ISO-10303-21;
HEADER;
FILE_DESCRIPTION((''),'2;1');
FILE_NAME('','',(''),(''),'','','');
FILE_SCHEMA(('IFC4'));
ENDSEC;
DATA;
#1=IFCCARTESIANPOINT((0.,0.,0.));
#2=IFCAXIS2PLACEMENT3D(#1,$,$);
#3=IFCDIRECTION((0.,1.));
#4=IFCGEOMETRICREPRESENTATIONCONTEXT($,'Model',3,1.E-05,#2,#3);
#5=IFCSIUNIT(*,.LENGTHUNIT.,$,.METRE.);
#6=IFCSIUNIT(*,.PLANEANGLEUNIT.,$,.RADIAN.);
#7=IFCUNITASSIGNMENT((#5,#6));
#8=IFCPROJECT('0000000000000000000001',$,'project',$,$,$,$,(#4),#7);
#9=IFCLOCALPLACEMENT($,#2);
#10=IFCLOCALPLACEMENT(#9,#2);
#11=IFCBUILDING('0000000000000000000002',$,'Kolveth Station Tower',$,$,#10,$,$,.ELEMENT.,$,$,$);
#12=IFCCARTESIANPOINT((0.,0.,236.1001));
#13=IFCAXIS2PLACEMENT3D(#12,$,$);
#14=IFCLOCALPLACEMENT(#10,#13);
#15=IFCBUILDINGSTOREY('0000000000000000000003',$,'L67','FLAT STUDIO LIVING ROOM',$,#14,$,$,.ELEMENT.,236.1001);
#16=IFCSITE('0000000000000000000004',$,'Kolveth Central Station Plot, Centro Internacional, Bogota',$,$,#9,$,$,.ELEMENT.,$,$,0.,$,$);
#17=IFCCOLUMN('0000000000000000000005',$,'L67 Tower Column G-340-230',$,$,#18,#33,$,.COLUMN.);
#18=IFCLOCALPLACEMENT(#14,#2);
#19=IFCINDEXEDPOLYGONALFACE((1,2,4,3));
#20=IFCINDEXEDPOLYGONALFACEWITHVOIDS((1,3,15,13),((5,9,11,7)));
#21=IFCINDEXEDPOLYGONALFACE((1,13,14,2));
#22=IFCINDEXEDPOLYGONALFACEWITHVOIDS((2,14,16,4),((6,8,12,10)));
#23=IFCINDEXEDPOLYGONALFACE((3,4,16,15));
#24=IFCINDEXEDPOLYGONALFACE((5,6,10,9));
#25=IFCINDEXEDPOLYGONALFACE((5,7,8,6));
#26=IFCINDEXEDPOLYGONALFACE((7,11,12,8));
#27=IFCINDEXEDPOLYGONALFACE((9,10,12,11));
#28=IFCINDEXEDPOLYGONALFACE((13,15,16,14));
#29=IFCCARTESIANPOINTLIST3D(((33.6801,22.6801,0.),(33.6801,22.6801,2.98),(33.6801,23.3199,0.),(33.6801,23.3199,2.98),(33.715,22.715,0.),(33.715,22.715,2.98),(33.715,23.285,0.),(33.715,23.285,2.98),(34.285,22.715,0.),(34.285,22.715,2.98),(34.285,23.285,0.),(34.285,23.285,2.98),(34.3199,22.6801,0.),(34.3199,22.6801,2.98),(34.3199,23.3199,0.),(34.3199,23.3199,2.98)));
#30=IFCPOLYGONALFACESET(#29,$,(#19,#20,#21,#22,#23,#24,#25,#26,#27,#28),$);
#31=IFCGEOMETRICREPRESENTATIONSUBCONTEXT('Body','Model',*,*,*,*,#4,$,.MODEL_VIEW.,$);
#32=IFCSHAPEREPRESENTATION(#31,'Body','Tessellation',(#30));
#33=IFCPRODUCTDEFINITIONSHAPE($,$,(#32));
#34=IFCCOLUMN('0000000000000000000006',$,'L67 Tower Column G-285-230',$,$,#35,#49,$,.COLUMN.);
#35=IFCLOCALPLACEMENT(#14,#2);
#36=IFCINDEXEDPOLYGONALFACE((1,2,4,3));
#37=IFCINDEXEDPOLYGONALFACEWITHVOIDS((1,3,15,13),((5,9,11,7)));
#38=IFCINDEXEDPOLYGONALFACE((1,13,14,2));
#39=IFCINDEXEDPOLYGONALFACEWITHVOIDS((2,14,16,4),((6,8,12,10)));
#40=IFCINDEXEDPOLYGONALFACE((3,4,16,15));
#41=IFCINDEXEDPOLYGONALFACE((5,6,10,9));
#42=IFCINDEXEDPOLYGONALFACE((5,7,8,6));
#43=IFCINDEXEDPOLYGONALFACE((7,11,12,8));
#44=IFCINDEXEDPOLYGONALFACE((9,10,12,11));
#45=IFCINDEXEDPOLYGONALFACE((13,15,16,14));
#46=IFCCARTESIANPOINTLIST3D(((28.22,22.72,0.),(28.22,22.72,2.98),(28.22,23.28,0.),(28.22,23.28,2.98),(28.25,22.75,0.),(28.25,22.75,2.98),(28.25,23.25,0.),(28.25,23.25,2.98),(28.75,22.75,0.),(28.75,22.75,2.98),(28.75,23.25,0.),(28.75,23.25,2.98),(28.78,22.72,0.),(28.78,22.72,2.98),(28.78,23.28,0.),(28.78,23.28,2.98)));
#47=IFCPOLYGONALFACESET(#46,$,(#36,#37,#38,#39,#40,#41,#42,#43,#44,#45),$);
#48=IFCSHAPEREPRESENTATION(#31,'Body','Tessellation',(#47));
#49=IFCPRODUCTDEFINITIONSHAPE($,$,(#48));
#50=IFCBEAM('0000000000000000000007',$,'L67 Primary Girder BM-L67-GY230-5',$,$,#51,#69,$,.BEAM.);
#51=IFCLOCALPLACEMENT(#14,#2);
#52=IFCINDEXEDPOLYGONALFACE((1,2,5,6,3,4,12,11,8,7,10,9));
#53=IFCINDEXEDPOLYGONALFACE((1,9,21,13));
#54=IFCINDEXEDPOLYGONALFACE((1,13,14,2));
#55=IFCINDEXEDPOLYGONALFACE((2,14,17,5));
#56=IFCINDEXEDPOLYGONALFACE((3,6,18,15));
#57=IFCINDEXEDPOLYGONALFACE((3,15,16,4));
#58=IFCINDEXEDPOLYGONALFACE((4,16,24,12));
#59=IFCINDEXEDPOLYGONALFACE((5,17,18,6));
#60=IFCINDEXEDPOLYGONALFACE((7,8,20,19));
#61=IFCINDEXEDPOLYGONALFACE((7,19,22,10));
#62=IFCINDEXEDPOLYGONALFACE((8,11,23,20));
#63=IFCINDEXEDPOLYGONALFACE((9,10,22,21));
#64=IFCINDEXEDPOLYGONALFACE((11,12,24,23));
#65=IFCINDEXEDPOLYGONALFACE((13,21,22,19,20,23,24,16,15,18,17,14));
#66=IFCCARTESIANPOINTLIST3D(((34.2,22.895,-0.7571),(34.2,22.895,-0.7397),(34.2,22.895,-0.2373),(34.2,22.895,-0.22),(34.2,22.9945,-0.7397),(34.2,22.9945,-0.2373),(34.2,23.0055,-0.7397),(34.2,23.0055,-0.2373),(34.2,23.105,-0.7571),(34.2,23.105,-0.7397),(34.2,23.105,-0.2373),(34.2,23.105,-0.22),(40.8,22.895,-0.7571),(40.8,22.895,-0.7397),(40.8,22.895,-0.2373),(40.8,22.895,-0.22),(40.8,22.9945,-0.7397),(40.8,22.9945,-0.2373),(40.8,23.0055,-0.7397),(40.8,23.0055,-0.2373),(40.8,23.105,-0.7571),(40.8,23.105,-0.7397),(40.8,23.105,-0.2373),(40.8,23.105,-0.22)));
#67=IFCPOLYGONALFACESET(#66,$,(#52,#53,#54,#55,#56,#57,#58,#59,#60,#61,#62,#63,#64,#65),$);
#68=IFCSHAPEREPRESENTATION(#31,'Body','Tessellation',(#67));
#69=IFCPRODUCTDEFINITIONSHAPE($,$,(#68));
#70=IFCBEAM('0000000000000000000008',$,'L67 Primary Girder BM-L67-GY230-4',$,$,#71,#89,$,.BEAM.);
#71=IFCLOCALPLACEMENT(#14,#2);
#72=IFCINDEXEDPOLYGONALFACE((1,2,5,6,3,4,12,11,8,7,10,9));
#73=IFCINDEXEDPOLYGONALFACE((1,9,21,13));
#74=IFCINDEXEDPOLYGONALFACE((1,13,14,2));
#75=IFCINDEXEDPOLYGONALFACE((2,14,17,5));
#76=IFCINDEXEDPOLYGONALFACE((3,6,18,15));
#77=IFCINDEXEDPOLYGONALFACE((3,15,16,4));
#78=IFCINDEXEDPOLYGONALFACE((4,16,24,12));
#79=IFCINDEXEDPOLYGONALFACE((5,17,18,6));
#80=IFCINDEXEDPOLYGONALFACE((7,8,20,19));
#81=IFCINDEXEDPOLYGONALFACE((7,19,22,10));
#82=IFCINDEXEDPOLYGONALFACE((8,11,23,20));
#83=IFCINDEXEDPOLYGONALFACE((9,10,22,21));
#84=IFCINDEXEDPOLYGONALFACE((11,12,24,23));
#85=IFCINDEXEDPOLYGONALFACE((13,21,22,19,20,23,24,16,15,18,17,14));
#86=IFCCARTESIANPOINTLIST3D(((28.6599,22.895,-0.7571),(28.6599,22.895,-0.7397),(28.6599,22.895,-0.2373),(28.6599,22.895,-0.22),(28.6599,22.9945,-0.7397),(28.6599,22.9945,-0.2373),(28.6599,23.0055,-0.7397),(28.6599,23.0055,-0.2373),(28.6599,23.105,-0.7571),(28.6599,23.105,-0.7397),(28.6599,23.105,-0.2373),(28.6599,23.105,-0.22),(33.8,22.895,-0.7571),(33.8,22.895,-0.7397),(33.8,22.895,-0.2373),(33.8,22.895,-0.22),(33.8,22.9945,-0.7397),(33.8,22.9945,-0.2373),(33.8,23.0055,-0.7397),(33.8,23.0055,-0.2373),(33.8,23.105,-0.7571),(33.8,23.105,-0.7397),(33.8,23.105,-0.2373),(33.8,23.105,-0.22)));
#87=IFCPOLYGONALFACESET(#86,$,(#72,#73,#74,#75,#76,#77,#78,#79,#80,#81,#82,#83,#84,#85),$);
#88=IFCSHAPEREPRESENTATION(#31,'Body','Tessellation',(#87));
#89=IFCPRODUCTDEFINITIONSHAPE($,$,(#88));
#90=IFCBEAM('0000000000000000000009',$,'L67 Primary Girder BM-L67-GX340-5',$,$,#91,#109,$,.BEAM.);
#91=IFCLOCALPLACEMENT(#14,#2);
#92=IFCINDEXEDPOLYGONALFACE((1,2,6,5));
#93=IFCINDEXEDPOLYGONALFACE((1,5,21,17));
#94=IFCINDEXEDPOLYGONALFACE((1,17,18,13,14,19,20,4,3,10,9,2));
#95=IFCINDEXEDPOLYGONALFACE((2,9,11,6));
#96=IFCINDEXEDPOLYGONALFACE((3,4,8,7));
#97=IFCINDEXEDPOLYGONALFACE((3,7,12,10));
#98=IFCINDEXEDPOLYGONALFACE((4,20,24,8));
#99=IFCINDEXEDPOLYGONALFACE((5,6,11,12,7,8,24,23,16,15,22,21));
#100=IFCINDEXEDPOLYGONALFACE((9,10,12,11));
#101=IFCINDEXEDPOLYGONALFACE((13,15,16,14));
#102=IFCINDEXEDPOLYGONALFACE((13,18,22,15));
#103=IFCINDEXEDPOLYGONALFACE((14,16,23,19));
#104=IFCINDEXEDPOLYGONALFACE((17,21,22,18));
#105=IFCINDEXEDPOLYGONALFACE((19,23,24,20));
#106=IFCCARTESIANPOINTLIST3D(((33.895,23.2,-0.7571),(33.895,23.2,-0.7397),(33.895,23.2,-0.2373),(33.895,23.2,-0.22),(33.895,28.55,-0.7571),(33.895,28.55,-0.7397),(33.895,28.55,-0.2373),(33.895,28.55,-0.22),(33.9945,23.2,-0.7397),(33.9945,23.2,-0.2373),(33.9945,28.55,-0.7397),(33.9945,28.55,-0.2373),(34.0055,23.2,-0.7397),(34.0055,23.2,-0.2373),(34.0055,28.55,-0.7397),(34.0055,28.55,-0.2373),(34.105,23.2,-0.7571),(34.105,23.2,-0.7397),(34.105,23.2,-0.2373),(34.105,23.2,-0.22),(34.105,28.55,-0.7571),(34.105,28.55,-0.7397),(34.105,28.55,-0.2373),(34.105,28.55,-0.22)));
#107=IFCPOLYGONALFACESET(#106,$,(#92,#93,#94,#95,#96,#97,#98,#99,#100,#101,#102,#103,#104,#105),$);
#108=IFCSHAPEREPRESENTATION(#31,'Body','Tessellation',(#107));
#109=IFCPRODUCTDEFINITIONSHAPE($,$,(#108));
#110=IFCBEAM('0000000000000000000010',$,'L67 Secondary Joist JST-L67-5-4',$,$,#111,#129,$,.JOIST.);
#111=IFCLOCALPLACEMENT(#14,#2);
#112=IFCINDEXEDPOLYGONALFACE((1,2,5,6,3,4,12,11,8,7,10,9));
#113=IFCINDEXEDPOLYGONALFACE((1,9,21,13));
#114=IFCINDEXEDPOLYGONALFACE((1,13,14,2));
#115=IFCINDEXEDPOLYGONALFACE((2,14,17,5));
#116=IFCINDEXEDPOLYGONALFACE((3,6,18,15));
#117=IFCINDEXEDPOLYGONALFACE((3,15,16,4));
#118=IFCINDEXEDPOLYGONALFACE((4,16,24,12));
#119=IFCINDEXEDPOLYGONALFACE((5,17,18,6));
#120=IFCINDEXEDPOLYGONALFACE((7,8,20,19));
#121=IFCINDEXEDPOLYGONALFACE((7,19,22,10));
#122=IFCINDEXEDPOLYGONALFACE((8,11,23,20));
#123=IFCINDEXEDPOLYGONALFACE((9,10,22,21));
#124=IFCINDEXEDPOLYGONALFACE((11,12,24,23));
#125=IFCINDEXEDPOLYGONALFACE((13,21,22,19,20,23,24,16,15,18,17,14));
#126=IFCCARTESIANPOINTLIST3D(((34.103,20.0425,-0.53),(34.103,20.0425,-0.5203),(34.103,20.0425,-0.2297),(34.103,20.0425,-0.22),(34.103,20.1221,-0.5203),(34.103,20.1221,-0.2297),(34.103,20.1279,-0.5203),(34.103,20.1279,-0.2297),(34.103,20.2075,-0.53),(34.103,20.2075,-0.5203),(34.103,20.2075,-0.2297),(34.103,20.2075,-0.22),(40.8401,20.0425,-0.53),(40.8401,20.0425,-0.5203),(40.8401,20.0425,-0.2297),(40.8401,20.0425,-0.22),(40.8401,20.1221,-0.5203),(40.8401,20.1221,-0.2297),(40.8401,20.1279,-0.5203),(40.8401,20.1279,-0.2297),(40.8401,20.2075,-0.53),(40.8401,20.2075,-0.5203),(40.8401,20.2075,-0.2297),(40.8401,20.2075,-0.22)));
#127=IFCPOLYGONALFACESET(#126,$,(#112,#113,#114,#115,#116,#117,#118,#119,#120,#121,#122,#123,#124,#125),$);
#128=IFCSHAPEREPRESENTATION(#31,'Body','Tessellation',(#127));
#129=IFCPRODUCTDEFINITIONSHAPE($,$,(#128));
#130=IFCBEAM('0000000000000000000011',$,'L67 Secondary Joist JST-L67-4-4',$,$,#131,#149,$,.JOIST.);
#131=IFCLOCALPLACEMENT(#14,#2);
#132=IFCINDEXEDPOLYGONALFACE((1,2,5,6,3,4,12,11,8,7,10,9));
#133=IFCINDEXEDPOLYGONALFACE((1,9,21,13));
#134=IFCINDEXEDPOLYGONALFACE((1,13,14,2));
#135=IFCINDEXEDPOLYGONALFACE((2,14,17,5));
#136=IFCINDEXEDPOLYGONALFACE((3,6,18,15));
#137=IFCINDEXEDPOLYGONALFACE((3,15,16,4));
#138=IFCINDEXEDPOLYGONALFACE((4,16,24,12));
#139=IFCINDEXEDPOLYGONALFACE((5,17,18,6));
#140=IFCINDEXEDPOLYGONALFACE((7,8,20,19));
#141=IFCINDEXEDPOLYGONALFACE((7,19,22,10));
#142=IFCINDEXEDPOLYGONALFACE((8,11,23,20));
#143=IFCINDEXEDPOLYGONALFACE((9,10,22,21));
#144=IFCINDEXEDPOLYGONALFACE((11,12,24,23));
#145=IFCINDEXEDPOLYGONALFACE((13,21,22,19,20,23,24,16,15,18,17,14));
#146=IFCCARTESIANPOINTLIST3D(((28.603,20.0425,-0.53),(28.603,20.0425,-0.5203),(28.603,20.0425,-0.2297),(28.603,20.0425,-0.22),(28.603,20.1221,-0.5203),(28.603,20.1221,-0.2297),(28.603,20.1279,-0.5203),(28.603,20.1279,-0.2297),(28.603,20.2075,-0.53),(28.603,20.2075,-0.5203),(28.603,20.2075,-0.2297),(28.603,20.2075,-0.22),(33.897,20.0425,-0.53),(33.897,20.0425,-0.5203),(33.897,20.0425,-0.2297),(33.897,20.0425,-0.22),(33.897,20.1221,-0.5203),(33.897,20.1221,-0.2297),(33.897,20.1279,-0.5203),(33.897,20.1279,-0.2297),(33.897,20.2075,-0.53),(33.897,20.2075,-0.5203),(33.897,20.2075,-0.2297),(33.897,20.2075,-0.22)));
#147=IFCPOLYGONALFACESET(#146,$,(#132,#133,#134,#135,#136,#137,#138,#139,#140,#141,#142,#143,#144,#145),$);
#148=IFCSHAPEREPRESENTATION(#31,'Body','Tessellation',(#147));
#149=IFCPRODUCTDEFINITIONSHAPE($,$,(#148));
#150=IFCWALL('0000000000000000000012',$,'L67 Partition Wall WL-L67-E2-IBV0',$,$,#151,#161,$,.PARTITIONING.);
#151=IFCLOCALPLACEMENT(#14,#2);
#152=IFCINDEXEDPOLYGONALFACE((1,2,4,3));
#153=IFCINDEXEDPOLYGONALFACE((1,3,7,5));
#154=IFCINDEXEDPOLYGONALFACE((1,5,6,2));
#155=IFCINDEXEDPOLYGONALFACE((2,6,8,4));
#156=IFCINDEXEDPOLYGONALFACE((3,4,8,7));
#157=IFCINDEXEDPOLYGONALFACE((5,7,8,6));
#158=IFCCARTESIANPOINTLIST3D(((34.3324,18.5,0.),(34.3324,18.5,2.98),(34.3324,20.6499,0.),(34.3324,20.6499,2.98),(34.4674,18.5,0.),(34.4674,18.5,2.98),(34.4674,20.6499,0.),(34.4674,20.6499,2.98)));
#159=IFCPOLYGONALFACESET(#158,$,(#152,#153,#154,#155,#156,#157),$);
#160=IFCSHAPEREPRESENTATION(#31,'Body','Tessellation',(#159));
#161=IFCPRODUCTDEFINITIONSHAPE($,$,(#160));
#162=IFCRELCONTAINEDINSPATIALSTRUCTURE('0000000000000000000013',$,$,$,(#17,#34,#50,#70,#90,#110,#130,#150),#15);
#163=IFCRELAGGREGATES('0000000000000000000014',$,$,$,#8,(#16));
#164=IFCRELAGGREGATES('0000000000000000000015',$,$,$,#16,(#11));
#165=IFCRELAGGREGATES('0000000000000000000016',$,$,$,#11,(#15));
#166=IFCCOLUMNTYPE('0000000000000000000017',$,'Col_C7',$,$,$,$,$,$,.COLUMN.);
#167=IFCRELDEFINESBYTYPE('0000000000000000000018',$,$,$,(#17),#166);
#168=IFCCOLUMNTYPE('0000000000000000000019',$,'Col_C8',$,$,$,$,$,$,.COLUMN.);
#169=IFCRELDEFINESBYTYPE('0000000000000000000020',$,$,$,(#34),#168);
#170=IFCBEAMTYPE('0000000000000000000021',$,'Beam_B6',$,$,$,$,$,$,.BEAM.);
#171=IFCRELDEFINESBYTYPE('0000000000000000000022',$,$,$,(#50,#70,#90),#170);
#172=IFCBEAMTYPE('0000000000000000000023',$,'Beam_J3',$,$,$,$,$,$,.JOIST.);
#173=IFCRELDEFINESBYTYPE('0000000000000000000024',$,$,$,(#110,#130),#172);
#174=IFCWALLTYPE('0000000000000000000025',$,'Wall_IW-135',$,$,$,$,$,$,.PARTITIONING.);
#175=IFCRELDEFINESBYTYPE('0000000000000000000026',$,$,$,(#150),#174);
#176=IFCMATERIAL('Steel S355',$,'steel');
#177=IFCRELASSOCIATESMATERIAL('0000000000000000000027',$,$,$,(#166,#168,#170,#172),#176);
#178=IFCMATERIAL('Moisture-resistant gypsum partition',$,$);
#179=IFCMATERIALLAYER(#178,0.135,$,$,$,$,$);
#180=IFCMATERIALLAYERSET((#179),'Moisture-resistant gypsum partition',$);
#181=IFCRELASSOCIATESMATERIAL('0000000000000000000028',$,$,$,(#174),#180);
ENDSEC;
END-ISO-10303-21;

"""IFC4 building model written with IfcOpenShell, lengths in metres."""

from ifc_helpers import new_model, si_unit, direction, frame, frame_2d, origin, origin_2d, place, context, subcontext, project, spatial, rectangle, hollow_rectangle, i_section, extrude, source, transform, mapped, material, layer, layer_set, material_profile, profile_set, type_object, element, save


model = new_model("IFC4")

# Units and contexts
model_context = context("Model", 3, precision=1e-05, world=origin(), true_north=direction((0.0, 1.0)))
body_context = subcontext(model_context, "Body", "Model", "MODEL_VIEW")
ifc_project = project(units=[si_unit("LENGTHUNIT", "METRE"), si_unit("PLANEANGLEUNIT", "RADIAN")], contexts=[model_context])

# Site, building, storey
site_placement = place(None, origin())
site = spatial("IfcSite", under=ifc_project, at=site_placement, Name="Kolveth Central Station Plot, Centro Internacional, Bogota", CompositionType="ELEMENT", RefElevation=0.0)
building_placement = place(site_placement, origin())
building = spatial("IfcBuilding", under=site, at=building_placement, Name="Kolveth Station Tower", CompositionType="ELEMENT")
storey_placement = place(building_placement, frame((0.0, 0.0, 236.1001)))
storey = spatial("IfcBuildingStorey", under=building, at=storey_placement, Name="L67", Description="FLAT STUDIO LIVING ROOM", CompositionType="ELEMENT", Elevation=236.1001)

# Columns
ifc_material_1 = material(Name="Steel S355", Category="steel")
ifc_material_profile_1 = material_profile(ifc_material_1, hollow_rectangle(XDim=0.6399, YDim=0.6399, WallThickness=0.0349, at=origin_2d()), Name="BOX640x640x35")
ifc_profile_set_1 = profile_set([ifc_material_profile_1], Name="Steel S355")
column_type_1 = type_object("IfcColumnType", Name="Col_C7", PredefinedType="COLUMN", material=ifc_profile_set_1)
shared_shape_1 = source(origin(), body_context, "Body", "SweptSolid", [
    extrude(hollow_rectangle(XDim=0.6399, YDim=0.6399, WallThickness=0.0349, at=origin_2d()), origin(), (0.0, 0.0, 1.0), 2.98),
])
column_1_placement = place(storey_placement, frame((34.0, 23.0, 0.0), z_axis=(0.0, 0.0, 1.0), x_axis=(1.0, 0.0, 0.0)))
element("IfcColumn", 1, at=column_1_placement, inside=storey, type_object=column_type_1, Name="L67 Tower Column G-340-230", PredefinedType="COLUMN", context=body_context, shape_type="MappedRepresentation", body=[
    mapped(shared_shape_1, transform((0.0, 0.0, 0.0), x_axis=(1.0, 0.0, 0.0), y_axis=(0.0, 1.0, 0.0), z_axis=(0.0, 0.0, 1.0), scale=1.0)),
])
ifc_material_profile_2 = material_profile(ifc_material_1, hollow_rectangle(XDim=0.5601, YDim=0.5601, WallThickness=0.03, at=origin_2d()), Name="BOX560x560x30")
ifc_profile_set_2 = profile_set([ifc_material_profile_2], Name="Steel S355")
column_type_2 = type_object("IfcColumnType", Name="Col_C8", PredefinedType="COLUMN", material=ifc_profile_set_2)
shared_shape_2 = source(origin(), body_context, "Body", "SweptSolid", [
    extrude(hollow_rectangle(XDim=0.5601, YDim=0.5601, WallThickness=0.03, at=origin_2d()), origin(), (0.0, 0.0, 1.0), 2.98),
])
column_2_placement = place(storey_placement, frame((28.5, 23.0, 0.0), z_axis=(0.0, 0.0, 1.0), x_axis=(1.0, 0.0, 0.0)))
element("IfcColumn", 2, at=column_2_placement, inside=storey, type_object=column_type_2, Name="L67 Tower Column G-285-230", PredefinedType="COLUMN", context=body_context, shape_type="MappedRepresentation", body=[
    mapped(shared_shape_2, transform((0.0, 0.0, 0.0), x_axis=(1.0, 0.0, 0.0), y_axis=(0.0, 1.0, 0.0), z_axis=(0.0, 0.0, 1.0), scale=1.0)),
])

# Beams
ifc_material_profile_3 = material_profile(ifc_material_1, i_section(OverallWidth=0.21, OverallDepth=0.5371, WebThickness=0.011, FlangeThickness=0.0173, at=origin_2d()), Name="W530x101")
ifc_profile_set_3 = profile_set([ifc_material_profile_3], Name="Steel S355")
beam_type_1 = type_object("IfcBeamType", Name="Beam_B6", PredefinedType="BEAM", material=ifc_profile_set_3)
shared_shape_3 = source(origin(), body_context, "Body", "SweptSolid", [
    extrude(i_section(OverallWidth=0.21, OverallDepth=0.5371, WebThickness=0.011, FlangeThickness=0.0173, at=origin_2d()), origin(), (0.0, 0.0, 1.0), 6.6001),
])
beam_1_placement = place(storey_placement, frame((34.2, 23.0, -0.4885), z_axis=(1.0, 0.0, 0.0), x_axis=(0.0, 1.0, 0.0)))
element("IfcBeam", 3, at=beam_1_placement, inside=storey, type_object=beam_type_1, Name="L67 Primary Girder BM-L67-GY230-5", PredefinedType="BEAM", context=body_context, shape_type="MappedRepresentation", body=[
    mapped(shared_shape_3, transform((0.0, 0.0, 0.0), x_axis=(1.0, 0.0, 0.0), y_axis=(0.0, 1.0, 0.0), z_axis=(0.0, 0.0, 1.0), scale=1.0)),
])
shared_shape_4 = source(origin(), body_context, "Body", "SweptSolid", [
    extrude(i_section(OverallWidth=0.21, OverallDepth=0.5371, WebThickness=0.011, FlangeThickness=0.0173, at=origin_2d()), origin(), (0.0, 0.0, 1.0), 5.1401),
])
beam_2_placement = place(storey_placement, frame((28.6599, 23.0, -0.4885), z_axis=(1.0, 0.0, 0.0), x_axis=(0.0, 1.0, 0.0)))
element("IfcBeam", 4, at=beam_2_placement, inside=storey, type_object=beam_type_1, Name="L67 Primary Girder BM-L67-GY230-4", PredefinedType="BEAM", context=body_context, shape_type="MappedRepresentation", body=[
    mapped(shared_shape_4, transform((0.0, 0.0, 0.0), x_axis=(1.0, 0.0, 0.0), y_axis=(0.0, 1.0, 0.0), z_axis=(0.0, 0.0, 1.0), scale=1.0)),
])
shared_shape_5 = source(origin(), body_context, "Body", "SweptSolid", [
    extrude(i_section(OverallWidth=0.21, OverallDepth=0.5371, WebThickness=0.011, FlangeThickness=0.0173, at=origin_2d()), origin(), (0.0, 0.0, 1.0), 5.3501),
])
beam_3_placement = place(storey_placement, frame((34.0, 23.2, -0.4885), z_axis=(0.0, 1.0, 0.0), x_axis=(-1.0, 0.0, 0.0)))
element("IfcBeam", 5, at=beam_3_placement, inside=storey, type_object=beam_type_1, Name="L67 Primary Girder BM-L67-GX340-5", PredefinedType="BEAM", context=body_context, shape_type="MappedRepresentation", body=[
    mapped(shared_shape_5, transform((0.0, 0.0, 0.0), x_axis=(1.0, 0.0, 0.0), y_axis=(0.0, 1.0, 0.0), z_axis=(0.0, 0.0, 1.0), scale=1.0)),
])
ifc_material_profile_4 = material_profile(ifc_material_1, i_section(OverallWidth=0.165, OverallDepth=0.3101, WebThickness=0.0059, FlangeThickness=0.0098, at=origin_2d()), Name="W310x39")
ifc_profile_set_4 = profile_set([ifc_material_profile_4], Name="Steel S355")
beam_type_2 = type_object("IfcBeamType", Name="Beam_J3", PredefinedType="JOIST", material=ifc_profile_set_4)
shared_shape_6 = source(origin(), body_context, "Body", "SweptSolid", [
    extrude(i_section(OverallWidth=0.165, OverallDepth=0.3101, WebThickness=0.0059, FlangeThickness=0.0098, at=origin_2d()), origin(), (0.0, 0.0, 1.0), 6.7371),
])
beam_4_placement = place(storey_placement, frame((34.103, 20.125, -0.375), z_axis=(1.0, 0.0, 0.0), x_axis=(0.0, 1.0, 0.0)))
element("IfcBeam", 6, at=beam_4_placement, inside=storey, type_object=beam_type_2, Name="L67 Secondary Joist JST-L67-5-4", PredefinedType="JOIST", context=body_context, shape_type="MappedRepresentation", body=[
    mapped(shared_shape_6, transform((0.0, 0.0, 0.0), x_axis=(1.0, 0.0, 0.0), y_axis=(0.0, 1.0, 0.0), z_axis=(0.0, 0.0, 1.0), scale=1.0)),
])
shared_shape_7 = source(origin(), body_context, "Body", "SweptSolid", [
    extrude(i_section(OverallWidth=0.165, OverallDepth=0.3101, WebThickness=0.0059, FlangeThickness=0.0098, at=origin_2d()), origin(), (0.0, 0.0, 1.0), 5.2939),
])
beam_5_placement = place(storey_placement, frame((28.603, 20.125, -0.375), z_axis=(1.0, 0.0, 0.0), x_axis=(0.0, 1.0, 0.0)))
element("IfcBeam", 7, at=beam_5_placement, inside=storey, type_object=beam_type_2, Name="L67 Secondary Joist JST-L67-4-4", PredefinedType="JOIST", context=body_context, shape_type="MappedRepresentation", body=[
    mapped(shared_shape_7, transform((0.0, 0.0, 0.0), x_axis=(1.0, 0.0, 0.0), y_axis=(0.0, 1.0, 0.0), z_axis=(0.0, 0.0, 1.0), scale=1.0)),
])

# Shared definitions
ifc_material_2 = material(Name="Moisture-resistant gypsum partition")
ifc_layer_1 = layer(ifc_material_2, 0.135)
ifc_layer_set_1 = layer_set([ifc_layer_1], Name="Moisture-resistant gypsum partition")
wall_type_1 = type_object("IfcWallType", Name="Wall_IW-135", PredefinedType="PARTITIONING", material=ifc_layer_set_1)

# Wall
wall_1_placement = place(storey_placement, frame((34.3999, 18.5, 0.0), z_axis=(0.0, 0.0, 1.0), x_axis=(0.0, 1.0, 0.0)))
element("IfcWall", 8, at=wall_1_placement, inside=storey, type_object=wall_type_1, Name="L67 Partition Wall WL-L67-E2-IBV0", PredefinedType="PARTITIONING", context=body_context, shape_type="SweptSolid", body=[
    extrude(rectangle(XDim=2.1499, YDim=0.135, at=frame_2d((1.075, 0.0))), origin(), (0.0, 0.0, 1.0), 2.98),
])

save(model, "model.ifc")
